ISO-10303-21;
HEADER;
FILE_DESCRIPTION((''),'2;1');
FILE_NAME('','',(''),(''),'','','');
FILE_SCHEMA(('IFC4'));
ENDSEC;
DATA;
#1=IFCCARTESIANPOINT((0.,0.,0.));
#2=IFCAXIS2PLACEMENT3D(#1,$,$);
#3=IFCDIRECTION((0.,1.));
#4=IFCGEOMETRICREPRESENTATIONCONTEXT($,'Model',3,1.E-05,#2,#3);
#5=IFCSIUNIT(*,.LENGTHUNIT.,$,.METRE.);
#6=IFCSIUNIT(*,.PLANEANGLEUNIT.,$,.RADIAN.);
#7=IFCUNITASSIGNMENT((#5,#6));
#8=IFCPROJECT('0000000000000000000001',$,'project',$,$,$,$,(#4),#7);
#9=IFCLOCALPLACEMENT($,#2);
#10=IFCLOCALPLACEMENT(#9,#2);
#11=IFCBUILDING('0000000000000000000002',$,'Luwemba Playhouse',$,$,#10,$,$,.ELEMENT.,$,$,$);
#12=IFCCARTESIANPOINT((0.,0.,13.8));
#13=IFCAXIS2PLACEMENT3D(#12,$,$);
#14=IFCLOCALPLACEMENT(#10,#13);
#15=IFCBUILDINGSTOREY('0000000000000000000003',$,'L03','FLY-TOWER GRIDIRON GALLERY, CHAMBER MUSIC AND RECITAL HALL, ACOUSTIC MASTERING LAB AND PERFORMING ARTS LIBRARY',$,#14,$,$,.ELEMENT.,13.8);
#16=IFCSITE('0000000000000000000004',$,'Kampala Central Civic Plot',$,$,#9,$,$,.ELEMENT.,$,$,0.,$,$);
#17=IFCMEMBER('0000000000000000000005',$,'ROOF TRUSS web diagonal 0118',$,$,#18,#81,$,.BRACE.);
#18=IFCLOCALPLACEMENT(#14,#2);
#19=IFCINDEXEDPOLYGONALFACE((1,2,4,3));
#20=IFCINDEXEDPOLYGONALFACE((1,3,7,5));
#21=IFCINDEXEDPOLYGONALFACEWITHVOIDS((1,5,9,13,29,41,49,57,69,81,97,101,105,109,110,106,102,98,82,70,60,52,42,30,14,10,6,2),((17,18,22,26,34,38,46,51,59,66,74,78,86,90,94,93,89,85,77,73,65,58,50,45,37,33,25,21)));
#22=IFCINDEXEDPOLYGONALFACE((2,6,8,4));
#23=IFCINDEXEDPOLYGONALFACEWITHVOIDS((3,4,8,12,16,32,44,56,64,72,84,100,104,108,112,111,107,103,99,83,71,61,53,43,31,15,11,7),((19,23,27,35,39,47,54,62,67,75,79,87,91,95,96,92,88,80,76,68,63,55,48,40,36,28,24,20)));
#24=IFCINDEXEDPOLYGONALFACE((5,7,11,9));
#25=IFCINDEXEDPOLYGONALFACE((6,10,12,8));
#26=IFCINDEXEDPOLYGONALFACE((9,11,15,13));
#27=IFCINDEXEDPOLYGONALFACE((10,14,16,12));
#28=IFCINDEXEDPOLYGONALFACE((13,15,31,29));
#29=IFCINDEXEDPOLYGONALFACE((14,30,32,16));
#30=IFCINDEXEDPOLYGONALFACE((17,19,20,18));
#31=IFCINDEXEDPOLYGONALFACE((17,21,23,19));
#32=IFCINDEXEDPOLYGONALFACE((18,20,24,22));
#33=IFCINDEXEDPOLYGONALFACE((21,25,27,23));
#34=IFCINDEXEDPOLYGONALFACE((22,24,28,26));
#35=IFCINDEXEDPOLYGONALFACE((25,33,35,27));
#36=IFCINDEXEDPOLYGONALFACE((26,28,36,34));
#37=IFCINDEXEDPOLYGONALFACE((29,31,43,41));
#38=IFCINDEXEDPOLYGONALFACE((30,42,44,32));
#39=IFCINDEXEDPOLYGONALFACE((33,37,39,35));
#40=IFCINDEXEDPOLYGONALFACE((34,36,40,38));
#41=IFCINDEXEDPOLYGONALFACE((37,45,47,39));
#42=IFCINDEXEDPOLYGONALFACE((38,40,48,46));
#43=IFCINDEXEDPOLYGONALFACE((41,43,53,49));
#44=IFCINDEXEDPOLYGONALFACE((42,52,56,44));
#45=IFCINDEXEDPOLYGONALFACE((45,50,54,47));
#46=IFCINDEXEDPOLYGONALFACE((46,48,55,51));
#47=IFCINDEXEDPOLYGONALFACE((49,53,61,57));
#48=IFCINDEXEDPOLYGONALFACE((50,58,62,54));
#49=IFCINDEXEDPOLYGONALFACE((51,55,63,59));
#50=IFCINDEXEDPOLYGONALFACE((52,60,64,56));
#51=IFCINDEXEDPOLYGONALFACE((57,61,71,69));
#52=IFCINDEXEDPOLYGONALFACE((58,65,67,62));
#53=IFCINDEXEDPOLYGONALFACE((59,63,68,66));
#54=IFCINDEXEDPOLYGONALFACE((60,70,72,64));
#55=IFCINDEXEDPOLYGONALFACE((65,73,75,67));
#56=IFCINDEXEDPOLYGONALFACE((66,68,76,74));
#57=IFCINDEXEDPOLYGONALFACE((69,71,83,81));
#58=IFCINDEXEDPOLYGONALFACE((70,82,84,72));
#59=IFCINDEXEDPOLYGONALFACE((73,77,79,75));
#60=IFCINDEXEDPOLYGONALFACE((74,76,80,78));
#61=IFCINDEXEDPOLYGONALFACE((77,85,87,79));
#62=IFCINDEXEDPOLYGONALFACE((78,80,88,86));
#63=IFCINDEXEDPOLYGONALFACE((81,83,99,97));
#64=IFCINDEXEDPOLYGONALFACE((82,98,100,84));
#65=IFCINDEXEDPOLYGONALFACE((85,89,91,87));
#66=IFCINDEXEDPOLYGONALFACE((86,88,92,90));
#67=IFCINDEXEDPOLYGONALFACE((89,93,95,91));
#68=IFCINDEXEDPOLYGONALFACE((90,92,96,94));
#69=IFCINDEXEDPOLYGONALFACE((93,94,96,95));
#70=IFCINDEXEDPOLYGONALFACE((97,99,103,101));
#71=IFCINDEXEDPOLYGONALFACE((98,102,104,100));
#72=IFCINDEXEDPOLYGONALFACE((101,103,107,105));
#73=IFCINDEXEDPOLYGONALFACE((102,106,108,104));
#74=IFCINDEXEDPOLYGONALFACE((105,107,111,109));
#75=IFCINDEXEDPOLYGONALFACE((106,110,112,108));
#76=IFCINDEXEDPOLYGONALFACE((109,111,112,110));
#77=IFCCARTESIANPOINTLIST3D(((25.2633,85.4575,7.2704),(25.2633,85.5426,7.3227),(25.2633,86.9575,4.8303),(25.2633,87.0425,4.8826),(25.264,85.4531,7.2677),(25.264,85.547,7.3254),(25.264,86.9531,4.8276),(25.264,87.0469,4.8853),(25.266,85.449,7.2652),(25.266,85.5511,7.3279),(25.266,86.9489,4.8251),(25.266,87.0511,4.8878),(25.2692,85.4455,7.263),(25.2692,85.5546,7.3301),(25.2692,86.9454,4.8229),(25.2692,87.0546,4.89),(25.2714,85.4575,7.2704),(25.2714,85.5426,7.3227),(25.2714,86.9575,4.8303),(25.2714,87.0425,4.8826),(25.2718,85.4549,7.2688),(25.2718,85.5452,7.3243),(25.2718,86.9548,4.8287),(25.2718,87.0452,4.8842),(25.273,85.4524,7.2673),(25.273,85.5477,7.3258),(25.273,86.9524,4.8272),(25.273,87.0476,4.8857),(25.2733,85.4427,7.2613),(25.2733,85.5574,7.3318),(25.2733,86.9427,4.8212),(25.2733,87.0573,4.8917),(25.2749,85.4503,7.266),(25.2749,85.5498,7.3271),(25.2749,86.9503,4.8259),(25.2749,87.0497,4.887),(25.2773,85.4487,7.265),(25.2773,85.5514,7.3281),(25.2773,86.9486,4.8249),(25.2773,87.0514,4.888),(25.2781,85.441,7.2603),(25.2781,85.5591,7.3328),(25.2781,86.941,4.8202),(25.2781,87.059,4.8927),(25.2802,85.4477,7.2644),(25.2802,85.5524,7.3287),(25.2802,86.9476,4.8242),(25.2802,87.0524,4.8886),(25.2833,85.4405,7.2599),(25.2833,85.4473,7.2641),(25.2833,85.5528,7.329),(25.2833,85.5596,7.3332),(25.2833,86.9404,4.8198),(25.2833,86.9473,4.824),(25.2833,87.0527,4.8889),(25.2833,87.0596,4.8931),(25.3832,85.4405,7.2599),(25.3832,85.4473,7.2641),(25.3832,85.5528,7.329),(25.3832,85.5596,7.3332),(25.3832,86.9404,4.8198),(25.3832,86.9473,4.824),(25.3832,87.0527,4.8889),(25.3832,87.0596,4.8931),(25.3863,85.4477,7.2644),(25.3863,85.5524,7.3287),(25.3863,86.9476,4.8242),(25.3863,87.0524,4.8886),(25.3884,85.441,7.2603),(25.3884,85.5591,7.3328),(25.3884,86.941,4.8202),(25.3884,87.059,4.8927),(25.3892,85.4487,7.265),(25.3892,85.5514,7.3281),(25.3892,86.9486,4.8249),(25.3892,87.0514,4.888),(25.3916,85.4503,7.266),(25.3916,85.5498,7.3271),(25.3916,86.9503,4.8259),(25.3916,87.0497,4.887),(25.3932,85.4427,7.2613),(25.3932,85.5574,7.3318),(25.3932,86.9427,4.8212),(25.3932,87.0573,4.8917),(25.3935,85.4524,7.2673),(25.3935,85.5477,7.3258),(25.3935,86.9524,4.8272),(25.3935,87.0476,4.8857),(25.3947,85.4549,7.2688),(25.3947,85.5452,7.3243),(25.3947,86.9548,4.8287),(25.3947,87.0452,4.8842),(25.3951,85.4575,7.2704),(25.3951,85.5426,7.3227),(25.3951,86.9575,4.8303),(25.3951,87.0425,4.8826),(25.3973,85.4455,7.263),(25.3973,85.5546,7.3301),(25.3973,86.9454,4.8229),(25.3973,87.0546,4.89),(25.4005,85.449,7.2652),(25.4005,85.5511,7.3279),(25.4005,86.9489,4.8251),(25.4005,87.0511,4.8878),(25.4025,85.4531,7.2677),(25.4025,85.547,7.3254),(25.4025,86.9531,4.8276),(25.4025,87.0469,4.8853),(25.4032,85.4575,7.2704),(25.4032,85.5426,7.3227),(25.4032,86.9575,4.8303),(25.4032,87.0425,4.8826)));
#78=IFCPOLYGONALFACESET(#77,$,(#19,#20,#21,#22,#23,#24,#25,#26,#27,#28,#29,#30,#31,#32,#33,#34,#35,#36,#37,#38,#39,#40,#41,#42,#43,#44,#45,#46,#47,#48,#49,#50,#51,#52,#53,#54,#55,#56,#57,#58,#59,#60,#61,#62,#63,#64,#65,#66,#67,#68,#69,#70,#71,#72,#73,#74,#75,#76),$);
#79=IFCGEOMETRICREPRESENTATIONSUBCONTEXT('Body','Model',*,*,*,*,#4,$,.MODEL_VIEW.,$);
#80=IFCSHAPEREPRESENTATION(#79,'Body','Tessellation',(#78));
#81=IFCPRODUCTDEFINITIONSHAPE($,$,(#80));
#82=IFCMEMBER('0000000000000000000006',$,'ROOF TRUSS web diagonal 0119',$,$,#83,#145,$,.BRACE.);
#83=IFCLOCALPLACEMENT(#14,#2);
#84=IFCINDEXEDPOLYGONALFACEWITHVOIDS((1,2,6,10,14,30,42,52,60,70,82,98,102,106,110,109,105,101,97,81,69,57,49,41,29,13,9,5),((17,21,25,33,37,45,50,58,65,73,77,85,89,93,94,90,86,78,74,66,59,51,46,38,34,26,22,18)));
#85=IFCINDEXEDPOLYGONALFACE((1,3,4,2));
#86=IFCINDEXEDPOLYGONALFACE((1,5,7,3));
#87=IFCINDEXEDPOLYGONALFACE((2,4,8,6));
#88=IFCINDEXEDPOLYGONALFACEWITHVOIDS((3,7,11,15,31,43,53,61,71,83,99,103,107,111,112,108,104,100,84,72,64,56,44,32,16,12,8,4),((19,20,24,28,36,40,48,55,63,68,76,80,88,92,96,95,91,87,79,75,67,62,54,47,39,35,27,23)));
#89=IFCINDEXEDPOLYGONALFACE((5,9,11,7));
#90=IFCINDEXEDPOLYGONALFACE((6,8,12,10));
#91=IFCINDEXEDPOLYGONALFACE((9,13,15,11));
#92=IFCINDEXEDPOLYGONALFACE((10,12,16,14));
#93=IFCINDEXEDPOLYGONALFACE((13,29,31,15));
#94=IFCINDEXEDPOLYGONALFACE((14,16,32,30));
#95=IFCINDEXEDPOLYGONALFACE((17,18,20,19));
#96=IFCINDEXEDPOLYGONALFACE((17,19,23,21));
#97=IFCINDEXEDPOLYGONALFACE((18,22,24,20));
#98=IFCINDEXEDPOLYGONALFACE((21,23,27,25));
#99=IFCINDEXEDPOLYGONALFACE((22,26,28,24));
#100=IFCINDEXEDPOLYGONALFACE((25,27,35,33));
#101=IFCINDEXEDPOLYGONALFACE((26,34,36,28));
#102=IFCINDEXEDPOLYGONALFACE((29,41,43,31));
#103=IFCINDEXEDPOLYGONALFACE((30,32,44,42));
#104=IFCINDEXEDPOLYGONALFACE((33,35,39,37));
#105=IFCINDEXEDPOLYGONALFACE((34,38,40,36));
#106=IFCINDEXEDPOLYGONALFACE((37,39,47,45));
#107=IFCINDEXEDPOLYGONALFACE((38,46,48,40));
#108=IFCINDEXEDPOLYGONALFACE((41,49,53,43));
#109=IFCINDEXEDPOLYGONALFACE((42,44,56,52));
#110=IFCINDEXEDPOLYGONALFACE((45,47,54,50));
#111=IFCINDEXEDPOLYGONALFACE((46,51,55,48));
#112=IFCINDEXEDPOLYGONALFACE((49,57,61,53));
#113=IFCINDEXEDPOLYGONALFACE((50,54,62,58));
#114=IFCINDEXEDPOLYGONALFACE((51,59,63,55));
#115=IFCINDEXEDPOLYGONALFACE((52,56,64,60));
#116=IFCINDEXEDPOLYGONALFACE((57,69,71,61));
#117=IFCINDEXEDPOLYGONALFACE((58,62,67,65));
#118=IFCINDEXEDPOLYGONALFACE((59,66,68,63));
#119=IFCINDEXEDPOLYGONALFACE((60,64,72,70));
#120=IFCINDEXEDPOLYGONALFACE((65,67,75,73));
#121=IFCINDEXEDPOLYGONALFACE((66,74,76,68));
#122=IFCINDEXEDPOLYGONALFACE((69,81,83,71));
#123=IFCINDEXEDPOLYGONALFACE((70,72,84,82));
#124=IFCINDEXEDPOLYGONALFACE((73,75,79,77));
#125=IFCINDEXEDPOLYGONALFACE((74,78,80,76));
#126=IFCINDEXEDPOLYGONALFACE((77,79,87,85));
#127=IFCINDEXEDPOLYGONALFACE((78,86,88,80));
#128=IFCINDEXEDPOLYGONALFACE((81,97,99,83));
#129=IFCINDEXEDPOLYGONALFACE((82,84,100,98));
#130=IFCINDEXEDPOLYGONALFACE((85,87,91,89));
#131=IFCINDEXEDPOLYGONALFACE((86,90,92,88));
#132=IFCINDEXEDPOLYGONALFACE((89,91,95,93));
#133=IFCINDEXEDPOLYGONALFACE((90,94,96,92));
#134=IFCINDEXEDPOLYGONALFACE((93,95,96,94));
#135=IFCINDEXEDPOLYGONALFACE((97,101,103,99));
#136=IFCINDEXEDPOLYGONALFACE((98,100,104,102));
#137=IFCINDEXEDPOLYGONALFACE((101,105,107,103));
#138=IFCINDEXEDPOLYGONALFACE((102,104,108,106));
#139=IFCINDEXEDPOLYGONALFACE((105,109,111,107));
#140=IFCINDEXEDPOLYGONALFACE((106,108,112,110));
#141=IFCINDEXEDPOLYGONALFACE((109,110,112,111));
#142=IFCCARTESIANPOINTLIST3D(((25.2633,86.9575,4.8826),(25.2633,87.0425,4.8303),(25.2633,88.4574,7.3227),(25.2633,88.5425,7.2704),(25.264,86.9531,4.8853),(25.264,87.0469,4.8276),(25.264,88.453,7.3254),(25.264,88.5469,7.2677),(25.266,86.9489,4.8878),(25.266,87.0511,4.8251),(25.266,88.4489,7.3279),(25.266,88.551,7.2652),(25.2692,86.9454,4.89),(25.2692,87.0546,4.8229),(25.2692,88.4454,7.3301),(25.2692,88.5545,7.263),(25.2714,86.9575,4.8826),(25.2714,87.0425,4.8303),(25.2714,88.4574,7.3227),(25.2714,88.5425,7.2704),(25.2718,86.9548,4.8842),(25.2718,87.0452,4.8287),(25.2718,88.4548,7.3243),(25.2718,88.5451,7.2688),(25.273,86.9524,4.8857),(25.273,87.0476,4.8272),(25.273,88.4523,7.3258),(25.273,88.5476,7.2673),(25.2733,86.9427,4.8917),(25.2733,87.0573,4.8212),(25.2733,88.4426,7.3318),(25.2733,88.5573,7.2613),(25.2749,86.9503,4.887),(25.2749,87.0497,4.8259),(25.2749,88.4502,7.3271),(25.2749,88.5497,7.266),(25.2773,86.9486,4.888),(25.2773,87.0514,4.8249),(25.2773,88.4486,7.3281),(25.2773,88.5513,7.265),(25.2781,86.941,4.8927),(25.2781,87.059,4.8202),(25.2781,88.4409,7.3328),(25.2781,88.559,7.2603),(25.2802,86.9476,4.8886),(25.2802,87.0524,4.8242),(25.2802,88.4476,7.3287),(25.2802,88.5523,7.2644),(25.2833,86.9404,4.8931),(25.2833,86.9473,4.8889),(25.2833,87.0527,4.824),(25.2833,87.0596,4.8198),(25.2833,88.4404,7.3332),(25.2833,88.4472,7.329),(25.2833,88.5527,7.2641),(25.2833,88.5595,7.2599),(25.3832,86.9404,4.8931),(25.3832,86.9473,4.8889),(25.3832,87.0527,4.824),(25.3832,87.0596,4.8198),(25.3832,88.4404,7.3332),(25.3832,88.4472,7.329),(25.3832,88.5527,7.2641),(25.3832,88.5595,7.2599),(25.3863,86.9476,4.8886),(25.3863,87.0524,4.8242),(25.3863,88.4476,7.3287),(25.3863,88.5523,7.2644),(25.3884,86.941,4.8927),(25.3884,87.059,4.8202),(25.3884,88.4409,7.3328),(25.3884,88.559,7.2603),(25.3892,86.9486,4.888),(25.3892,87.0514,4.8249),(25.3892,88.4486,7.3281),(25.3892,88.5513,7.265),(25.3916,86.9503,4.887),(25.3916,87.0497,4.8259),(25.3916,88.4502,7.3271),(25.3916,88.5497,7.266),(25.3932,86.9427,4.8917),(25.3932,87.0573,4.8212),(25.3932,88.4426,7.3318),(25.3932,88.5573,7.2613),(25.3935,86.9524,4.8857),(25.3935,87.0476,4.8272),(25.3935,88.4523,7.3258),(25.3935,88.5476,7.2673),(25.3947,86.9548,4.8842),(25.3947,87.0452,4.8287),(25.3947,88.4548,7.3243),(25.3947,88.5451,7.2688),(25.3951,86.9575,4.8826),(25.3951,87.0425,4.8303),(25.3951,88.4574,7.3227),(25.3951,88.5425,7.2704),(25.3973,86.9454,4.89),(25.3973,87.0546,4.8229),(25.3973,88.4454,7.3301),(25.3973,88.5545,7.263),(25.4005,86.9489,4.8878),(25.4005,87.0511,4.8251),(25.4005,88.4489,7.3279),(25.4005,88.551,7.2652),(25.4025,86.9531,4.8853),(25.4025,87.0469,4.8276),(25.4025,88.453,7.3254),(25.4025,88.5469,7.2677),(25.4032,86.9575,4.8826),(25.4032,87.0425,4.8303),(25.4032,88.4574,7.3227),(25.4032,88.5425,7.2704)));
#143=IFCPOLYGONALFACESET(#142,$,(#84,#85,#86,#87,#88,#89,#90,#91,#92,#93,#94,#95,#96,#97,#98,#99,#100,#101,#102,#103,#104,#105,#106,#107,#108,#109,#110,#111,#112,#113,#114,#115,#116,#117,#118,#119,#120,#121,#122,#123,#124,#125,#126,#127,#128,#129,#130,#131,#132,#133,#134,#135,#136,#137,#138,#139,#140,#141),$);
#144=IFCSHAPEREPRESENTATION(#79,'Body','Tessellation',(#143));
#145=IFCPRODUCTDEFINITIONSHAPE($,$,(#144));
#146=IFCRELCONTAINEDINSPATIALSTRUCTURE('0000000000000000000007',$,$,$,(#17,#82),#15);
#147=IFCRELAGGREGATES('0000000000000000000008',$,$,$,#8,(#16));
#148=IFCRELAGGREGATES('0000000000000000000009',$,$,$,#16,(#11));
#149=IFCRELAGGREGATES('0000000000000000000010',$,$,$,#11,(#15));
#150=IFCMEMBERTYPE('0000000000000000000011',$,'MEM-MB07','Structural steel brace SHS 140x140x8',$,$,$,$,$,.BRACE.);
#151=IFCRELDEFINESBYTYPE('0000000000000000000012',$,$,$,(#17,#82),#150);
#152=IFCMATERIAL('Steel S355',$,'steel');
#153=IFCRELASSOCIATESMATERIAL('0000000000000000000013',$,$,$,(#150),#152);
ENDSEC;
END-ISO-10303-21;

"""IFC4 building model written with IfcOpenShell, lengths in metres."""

from ifc_helpers import new_model, si_unit, direction, frame, origin, origin_2d, place, context, subcontext, project, spatial, hollow_rectangle, extrude, material, material_profile, profile_set, type_object, element, save


model = new_model("IFC4")

# Units and contexts
model_context = context("Model", 3, precision=1e-05, world=origin(), true_north=direction((0.0, 1.0)))
body_context = subcontext(model_context, "Body", "Model", "MODEL_VIEW")
ifc_project = project(units=[si_unit("LENGTHUNIT", "METRE"), si_unit("PLANEANGLEUNIT", "RADIAN")], contexts=[model_context])

# Site, building, storey
site_placement = place(None, origin())
site = spatial("IfcSite", under=ifc_project, at=site_placement, Name="Kampala Central Civic Plot", CompositionType="ELEMENT", RefElevation=0.0)
building_placement = place(site_placement, origin())
building = spatial("IfcBuilding", under=site, at=building_placement, Name="Luwemba Playhouse", CompositionType="ELEMENT")
storey_placement = place(building_placement, frame((0.0, 0.0, 13.8)))
storey = spatial("IfcBuildingStorey", under=building, at=storey_placement, Name="L03", Description="FLY-TOWER GRIDIRON GALLERY, CHAMBER MUSIC AND RECITAL HALL, ACOUSTIC MASTERING LAB AND PERFORMING ARTS LIBRARY", CompositionType="ELEMENT", Elevation=13.8)

# Shared definitions
ifc_material_1 = material(Name="Steel S355", Category="steel")

# Members
ifc_material_profile_1 = material_profile(ifc_material_1, hollow_rectangle(XDim=0.1399, YDim=0.1399, WallThickness=0.0081, InnerFilletRadius=0.012, OuterFilletRadius=0.02, at=origin_2d()))
ifc_profile_set_1 = profile_set([ifc_material_profile_1], Name="Steel S355")
member_type_1 = type_object("IfcMemberType", Name="MEM-MB07", Description="Structural steel brace SHS 140x140x8", PredefinedType="BRACE", material=ifc_profile_set_1)
for number, where, z_axis, x_axis, name in (
    (1, (25.3333, 87.0, 4.8564), (0.0, -0.523679, 0.851916), (1.0, 0.0, 0.0), "ROOF TRUSS web diagonal 0118"),
    (2, (25.3333, 87.0, 4.8564), (0.0, 0.523679, 0.851916), (-1.0, 0.0, 0.0), "ROOF TRUSS web diagonal 0119"),
):
    element("IfcMember", number, at=place(storey_placement, frame(where, z_axis=z_axis, x_axis=x_axis)), inside=storey, type_object=member_type_1, Name=name, PredefinedType="BRACE", context=body_context, shape_type="SweptSolid", body=[
        extrude(hollow_rectangle(XDim=0.1399, YDim=0.1399, WallThickness=0.0081, InnerFilletRadius=0.012, OuterFilletRadius=0.02, at=origin_2d()), origin(), (0.0, 0.0, 1.0), 2.8643),
    ])

save(model, "model.ifc")
